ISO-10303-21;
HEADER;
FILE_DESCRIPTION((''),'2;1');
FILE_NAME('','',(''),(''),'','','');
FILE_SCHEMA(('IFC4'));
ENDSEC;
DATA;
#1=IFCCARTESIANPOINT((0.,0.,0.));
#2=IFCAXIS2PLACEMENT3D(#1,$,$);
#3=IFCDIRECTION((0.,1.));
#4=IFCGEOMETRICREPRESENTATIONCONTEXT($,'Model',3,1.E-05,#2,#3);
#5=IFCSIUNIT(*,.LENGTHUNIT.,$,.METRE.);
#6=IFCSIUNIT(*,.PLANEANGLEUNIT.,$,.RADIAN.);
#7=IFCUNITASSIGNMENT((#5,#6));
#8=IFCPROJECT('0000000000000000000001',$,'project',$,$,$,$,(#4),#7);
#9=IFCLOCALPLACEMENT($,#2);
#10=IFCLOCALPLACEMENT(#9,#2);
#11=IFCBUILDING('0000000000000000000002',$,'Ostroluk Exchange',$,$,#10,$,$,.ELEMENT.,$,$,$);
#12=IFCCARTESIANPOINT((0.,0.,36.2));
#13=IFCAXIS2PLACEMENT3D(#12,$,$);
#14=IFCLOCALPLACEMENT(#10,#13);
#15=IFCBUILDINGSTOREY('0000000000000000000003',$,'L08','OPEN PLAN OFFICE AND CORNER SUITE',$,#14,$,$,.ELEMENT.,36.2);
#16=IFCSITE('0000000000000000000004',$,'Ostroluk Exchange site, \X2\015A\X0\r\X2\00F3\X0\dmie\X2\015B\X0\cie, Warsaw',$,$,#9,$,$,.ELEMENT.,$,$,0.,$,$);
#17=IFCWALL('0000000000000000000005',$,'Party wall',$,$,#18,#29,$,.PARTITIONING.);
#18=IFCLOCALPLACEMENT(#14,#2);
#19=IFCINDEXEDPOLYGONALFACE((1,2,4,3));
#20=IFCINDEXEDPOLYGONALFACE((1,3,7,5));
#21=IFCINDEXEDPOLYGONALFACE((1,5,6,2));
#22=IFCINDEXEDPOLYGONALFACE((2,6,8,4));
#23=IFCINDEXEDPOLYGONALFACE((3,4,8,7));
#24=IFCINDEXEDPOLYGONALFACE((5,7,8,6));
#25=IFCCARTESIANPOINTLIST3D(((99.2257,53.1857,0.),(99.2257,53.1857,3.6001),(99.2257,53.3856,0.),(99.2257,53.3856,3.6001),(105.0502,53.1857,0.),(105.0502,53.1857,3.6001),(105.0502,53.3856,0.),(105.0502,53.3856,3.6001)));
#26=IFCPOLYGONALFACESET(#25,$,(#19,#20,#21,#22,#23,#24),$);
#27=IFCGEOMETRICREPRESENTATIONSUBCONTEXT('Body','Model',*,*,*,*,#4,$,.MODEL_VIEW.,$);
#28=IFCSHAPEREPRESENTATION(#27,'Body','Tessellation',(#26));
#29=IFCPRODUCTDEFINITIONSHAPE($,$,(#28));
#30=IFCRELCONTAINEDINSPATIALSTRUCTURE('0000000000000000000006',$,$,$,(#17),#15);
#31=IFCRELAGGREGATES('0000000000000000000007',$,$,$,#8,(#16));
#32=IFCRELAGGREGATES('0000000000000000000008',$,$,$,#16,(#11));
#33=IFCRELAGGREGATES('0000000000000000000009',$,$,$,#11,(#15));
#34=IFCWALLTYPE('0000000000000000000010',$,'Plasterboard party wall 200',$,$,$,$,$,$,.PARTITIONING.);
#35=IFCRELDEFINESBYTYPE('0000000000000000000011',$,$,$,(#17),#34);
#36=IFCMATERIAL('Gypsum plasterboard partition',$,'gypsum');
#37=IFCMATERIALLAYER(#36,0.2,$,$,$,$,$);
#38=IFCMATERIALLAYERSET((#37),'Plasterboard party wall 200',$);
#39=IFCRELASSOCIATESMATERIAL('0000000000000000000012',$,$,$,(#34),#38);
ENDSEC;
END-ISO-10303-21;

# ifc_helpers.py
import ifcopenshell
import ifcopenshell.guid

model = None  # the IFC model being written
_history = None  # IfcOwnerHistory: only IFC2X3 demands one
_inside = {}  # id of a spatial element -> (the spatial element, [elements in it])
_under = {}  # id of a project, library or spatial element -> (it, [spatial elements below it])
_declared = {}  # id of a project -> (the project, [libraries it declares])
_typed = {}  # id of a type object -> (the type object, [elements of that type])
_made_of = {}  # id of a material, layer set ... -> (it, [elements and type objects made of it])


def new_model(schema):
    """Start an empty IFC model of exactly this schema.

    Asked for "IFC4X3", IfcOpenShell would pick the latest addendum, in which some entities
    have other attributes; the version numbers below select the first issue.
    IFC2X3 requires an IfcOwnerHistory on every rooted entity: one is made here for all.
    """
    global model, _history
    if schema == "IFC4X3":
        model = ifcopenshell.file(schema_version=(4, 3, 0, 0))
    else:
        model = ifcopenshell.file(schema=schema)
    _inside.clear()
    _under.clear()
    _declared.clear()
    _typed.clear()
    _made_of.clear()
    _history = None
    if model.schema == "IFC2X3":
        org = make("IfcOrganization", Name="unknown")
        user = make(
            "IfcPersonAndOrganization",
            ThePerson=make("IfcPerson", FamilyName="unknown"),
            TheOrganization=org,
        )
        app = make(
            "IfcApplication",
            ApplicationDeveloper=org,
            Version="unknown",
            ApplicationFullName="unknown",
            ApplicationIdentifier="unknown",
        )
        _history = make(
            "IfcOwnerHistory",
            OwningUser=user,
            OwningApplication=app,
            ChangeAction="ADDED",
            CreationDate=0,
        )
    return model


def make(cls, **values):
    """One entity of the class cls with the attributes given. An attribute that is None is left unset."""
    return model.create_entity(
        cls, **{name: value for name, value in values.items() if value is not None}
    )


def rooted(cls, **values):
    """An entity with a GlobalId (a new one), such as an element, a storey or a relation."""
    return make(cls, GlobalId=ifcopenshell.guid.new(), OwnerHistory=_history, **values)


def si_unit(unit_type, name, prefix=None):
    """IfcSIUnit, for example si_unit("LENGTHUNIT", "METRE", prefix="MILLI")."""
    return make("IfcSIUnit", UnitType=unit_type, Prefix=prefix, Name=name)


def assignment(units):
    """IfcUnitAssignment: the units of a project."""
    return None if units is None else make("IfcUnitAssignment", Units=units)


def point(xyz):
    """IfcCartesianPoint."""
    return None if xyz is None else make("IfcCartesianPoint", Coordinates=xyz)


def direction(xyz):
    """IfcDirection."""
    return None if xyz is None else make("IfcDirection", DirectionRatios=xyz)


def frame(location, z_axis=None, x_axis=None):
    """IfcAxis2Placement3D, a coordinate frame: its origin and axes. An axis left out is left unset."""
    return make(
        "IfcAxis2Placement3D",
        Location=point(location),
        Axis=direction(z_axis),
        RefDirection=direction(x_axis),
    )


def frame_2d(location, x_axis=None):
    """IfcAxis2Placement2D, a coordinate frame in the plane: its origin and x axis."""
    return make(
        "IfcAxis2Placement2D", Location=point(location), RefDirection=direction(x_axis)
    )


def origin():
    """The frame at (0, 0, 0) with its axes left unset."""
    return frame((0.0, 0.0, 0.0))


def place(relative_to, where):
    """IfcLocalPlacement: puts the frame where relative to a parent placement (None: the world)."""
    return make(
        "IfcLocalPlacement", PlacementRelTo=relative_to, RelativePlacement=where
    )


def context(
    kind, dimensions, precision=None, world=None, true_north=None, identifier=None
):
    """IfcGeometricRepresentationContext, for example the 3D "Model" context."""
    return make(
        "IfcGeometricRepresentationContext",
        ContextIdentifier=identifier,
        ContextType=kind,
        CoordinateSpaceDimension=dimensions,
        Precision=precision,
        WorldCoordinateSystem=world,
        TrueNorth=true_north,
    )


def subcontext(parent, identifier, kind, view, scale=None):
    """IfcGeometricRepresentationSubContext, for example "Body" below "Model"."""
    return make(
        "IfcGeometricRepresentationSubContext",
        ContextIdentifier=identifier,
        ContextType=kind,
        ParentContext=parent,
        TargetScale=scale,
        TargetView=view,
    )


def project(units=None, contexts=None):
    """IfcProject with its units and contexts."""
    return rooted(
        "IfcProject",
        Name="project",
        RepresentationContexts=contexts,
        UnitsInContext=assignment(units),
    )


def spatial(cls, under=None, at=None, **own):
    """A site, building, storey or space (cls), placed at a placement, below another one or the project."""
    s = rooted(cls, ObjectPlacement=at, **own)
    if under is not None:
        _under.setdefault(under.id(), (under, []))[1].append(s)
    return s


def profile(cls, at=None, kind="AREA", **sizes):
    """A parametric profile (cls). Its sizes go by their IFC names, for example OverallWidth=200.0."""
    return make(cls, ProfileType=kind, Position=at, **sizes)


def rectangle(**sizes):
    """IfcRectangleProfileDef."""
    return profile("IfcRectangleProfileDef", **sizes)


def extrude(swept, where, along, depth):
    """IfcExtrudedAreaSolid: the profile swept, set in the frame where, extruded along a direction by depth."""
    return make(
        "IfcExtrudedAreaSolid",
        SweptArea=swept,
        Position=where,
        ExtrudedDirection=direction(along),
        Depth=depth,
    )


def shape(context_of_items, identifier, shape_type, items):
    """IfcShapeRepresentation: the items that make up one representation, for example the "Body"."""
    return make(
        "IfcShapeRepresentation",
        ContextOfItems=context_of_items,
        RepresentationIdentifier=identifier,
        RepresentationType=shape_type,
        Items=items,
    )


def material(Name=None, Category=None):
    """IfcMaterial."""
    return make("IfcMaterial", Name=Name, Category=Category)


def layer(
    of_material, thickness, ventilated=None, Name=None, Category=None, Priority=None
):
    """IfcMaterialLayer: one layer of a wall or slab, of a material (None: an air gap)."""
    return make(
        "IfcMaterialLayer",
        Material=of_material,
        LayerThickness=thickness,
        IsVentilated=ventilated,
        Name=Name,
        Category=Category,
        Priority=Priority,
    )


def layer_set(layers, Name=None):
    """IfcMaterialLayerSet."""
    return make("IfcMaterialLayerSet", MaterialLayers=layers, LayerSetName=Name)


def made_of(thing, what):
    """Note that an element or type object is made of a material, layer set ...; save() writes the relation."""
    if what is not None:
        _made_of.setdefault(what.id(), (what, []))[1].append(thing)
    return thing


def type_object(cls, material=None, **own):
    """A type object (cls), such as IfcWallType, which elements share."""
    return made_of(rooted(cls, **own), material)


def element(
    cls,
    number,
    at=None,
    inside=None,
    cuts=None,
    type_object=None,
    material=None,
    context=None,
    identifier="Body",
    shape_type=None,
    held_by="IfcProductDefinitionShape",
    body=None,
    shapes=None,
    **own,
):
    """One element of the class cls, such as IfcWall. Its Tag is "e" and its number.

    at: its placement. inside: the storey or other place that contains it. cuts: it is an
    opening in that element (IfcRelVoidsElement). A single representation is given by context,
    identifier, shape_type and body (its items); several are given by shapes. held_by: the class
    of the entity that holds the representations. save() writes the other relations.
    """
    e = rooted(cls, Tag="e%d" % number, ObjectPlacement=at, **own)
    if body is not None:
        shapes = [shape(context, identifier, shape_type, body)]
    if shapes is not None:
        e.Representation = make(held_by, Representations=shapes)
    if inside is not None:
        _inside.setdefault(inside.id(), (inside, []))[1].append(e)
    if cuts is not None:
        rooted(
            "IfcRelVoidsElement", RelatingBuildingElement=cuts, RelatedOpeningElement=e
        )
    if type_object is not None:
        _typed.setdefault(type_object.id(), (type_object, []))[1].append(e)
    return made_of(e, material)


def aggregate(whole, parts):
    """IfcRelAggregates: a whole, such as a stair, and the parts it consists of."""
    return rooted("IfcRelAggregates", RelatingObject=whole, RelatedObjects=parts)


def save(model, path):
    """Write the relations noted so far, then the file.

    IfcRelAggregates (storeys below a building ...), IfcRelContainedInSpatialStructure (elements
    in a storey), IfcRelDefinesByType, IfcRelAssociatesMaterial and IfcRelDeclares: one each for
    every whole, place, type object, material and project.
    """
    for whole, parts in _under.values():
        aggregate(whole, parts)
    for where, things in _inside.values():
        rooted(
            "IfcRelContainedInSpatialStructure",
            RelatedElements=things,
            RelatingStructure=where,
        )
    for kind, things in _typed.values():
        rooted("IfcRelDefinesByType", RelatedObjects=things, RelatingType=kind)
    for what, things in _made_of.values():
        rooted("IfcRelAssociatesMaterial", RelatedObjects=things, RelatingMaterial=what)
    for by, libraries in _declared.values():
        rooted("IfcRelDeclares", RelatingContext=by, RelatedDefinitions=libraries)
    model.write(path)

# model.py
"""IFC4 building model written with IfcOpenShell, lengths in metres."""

from ifc_helpers import new_model, si_unit, direction, frame, frame_2d, origin, place, context, subcontext, project, spatial, rectangle, extrude, material, layer, layer_set, type_object, element, save


model = new_model("IFC4")

# Units and contexts
model_context = context("Model", 3, precision=1e-05, world=origin(), true_north=direction((0.0, 1.0)))
body_context = subcontext(model_context, "Body", "Model", "MODEL_VIEW")
ifc_project = project(units=[si_unit("LENGTHUNIT", "METRE"), si_unit("PLANEANGLEUNIT", "RADIAN")], contexts=[model_context])

# Site, building, storey
site_placement = place(None, origin())
site = spatial("IfcSite", under=ifc_project, at=site_placement, Name="Ostroluk Exchange site, Śródmieście, Warsaw", CompositionType="ELEMENT", RefElevation=0.0)
building_placement = place(site_placement, origin())
building = spatial("IfcBuilding", under=site, at=building_placement, Name="Ostroluk Exchange", CompositionType="ELEMENT")
storey_placement = place(building_placement, frame((0.0, 0.0, 36.2)))
storey = spatial("IfcBuildingStorey", under=building, at=storey_placement, Name="L08", Description="OPEN PLAN OFFICE AND CORNER SUITE", CompositionType="ELEMENT", Elevation=36.2)

# Wall
ifc_material_1 = material(Name="Gypsum plasterboard partition", Category="gypsum")
ifc_layer_1 = layer(ifc_material_1, 0.2)
ifc_layer_set_1 = layer_set([ifc_layer_1], Name="Plasterboard party wall 200")
wall_type_1 = type_object("IfcWallType", Name="Plasterboard party wall 200", PredefinedType="PARTITIONING", material=ifc_layer_set_1)
wall_1_placement = place(storey_placement, frame((105.05, 53.2856, 0.0), z_axis=(0.0, 0.0, 1.0), x_axis=(-1.0, 0.0, 0.0)))
element("IfcWall", 1, at=wall_1_placement, inside=storey, type_object=wall_type_1, Name="Party wall", PredefinedType="PARTITIONING", context=body_context, shape_type="SweptSolid", body=[
    extrude(rectangle(XDim=5.8245, YDim=0.2, at=frame_2d((2.9121, 0.0))), origin(), (0.0, 0.0, 1.0), 3.6001),
])

save(model, "model.ifc")
